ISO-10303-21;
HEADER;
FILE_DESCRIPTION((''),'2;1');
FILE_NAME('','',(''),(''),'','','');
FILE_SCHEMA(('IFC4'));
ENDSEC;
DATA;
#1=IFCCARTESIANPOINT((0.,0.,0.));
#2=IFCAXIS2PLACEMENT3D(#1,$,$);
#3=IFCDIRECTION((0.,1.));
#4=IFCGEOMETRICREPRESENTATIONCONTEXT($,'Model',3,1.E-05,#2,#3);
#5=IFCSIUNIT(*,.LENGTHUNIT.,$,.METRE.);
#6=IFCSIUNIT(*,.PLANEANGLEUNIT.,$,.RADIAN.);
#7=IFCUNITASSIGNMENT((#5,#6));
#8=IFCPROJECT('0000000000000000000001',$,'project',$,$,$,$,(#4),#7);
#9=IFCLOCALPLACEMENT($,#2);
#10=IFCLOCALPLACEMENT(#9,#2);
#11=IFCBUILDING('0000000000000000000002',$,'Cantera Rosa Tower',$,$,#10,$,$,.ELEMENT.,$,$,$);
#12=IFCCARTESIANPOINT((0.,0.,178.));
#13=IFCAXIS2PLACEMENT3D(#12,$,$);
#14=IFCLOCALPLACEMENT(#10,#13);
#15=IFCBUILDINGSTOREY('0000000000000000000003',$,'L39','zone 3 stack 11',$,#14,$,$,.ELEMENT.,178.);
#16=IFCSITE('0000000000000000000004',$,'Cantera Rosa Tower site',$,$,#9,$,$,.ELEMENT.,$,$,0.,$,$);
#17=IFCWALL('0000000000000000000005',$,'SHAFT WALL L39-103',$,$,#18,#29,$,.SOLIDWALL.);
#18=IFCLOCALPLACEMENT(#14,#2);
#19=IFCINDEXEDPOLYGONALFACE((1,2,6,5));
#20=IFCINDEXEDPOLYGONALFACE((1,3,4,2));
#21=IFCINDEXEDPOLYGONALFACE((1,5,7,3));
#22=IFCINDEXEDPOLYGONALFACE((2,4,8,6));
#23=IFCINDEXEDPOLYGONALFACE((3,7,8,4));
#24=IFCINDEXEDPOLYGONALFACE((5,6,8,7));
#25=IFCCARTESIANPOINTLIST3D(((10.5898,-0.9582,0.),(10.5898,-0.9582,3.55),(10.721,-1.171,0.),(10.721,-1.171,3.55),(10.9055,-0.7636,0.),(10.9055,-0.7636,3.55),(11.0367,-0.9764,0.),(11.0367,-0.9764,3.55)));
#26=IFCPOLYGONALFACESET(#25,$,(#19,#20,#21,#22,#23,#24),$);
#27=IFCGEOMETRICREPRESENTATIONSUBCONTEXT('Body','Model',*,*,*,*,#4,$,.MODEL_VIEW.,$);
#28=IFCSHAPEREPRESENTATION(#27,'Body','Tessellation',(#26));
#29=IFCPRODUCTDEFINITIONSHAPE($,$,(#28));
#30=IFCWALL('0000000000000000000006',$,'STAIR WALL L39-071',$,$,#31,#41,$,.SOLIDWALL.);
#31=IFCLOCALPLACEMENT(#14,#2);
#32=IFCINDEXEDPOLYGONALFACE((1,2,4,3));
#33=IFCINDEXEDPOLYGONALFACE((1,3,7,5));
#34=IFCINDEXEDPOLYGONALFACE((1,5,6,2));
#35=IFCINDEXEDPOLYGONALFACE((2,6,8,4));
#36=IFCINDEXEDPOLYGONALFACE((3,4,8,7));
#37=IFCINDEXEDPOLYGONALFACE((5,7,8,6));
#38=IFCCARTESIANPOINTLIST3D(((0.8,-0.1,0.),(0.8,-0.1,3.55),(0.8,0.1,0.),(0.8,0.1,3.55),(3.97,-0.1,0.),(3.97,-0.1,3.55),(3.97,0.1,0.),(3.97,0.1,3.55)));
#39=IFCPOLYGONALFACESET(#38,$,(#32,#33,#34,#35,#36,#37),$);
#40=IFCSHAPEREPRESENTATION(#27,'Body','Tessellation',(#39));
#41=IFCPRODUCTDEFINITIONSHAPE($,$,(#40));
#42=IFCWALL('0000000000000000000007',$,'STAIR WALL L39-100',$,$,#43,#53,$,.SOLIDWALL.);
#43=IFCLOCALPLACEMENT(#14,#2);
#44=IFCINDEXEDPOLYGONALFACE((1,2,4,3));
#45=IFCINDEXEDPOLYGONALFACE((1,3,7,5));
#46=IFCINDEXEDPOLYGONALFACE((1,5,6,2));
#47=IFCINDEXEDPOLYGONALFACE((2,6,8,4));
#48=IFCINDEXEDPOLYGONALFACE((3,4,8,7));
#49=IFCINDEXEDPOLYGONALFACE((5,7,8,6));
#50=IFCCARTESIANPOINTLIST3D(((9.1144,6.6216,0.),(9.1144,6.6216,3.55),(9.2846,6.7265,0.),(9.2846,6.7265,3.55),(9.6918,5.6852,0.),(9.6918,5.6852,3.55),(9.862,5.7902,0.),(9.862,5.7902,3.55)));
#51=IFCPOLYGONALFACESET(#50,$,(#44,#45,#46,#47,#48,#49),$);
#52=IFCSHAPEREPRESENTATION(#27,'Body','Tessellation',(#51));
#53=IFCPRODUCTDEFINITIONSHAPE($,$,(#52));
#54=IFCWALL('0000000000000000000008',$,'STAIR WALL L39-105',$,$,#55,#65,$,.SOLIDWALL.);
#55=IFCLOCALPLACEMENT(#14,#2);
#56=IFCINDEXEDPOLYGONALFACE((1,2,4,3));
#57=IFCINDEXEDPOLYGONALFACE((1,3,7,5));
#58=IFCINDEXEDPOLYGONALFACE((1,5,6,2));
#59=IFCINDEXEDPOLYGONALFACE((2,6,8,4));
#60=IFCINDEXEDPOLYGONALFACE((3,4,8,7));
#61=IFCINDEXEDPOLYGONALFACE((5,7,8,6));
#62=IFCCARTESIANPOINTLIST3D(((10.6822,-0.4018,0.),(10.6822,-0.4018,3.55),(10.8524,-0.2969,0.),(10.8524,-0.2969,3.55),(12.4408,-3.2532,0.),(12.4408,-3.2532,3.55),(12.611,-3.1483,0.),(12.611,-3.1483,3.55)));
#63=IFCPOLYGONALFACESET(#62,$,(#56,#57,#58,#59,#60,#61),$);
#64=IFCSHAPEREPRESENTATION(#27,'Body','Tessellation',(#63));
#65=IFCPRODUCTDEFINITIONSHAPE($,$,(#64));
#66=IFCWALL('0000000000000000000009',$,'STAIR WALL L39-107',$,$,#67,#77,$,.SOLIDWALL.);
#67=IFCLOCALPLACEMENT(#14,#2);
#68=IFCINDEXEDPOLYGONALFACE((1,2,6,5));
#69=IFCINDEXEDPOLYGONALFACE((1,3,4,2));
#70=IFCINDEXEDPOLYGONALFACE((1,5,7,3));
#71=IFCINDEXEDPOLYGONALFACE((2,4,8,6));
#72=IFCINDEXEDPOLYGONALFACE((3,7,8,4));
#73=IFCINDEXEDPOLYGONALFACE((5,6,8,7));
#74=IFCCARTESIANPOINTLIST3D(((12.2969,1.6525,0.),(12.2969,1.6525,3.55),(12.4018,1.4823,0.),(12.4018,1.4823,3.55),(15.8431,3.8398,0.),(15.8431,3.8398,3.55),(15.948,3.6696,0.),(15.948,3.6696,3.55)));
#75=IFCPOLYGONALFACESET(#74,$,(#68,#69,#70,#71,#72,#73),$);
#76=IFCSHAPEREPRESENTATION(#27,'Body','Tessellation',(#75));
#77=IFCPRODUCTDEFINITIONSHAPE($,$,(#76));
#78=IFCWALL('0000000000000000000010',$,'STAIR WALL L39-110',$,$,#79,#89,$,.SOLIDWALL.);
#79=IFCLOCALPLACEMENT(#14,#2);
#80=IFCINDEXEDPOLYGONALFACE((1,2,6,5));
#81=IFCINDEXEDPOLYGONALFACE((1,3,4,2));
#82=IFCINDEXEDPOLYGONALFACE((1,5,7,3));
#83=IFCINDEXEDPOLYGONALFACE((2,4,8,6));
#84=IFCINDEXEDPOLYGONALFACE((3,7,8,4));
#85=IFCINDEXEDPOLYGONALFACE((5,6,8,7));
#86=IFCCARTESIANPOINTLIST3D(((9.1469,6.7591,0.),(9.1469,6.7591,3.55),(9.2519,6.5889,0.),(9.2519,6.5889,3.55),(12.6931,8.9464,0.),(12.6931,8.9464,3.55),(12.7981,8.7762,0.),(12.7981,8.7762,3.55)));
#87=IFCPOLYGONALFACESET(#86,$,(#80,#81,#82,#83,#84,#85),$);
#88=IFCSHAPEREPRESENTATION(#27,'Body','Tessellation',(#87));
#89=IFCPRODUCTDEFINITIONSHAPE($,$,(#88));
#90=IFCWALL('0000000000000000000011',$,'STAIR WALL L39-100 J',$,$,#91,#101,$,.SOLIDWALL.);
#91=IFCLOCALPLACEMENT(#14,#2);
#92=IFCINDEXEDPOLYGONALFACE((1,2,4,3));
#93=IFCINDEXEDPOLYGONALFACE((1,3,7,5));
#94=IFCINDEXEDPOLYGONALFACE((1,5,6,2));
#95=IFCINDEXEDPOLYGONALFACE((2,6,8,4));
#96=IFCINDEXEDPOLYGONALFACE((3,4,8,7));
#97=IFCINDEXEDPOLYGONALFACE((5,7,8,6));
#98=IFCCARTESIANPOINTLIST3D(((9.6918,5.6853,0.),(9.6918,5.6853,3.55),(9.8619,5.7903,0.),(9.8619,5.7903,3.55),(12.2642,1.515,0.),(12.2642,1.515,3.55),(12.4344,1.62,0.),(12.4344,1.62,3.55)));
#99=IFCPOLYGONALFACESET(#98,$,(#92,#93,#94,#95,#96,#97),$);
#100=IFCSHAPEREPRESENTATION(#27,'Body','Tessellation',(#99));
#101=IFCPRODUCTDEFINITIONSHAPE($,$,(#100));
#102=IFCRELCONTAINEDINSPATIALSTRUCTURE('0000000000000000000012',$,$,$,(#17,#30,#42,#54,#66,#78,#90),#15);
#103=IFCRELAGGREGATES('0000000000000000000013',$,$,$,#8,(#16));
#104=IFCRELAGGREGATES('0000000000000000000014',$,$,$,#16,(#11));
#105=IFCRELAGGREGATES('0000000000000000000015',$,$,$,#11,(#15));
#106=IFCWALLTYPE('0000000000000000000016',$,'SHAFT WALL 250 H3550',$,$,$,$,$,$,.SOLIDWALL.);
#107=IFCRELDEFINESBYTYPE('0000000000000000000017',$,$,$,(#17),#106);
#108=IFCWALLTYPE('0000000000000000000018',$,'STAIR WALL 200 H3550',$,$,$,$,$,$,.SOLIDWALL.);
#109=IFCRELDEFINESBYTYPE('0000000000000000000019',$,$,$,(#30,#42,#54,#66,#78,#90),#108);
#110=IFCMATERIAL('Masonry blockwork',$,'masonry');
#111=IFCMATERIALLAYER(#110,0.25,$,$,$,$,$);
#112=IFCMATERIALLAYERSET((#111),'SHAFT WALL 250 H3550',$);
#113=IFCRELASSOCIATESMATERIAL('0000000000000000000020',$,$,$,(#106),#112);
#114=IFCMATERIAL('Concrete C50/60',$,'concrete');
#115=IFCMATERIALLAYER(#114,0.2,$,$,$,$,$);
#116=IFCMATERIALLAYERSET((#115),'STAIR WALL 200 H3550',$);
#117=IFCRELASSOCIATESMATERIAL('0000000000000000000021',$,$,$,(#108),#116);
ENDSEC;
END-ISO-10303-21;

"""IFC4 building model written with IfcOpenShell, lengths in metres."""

from ifc_helpers import new_model, si_unit, direction, frame, frame_2d, origin, place, context, subcontext, project, spatial, rectangle, extrude, material, layer, layer_set, type_object, element, save


model = new_model("IFC4")

# Units and contexts
model_context = context("Model", 3, precision=1e-05, world=origin(), true_north=direction((0.0, 1.0)))
body_context = subcontext(model_context, "Body", "Model", "MODEL_VIEW")
ifc_project = project(units=[si_unit("LENGTHUNIT", "METRE"), si_unit("PLANEANGLEUNIT", "RADIAN")], contexts=[model_context])

# Site, building, storey
site_placement = place(None, origin())
site = spatial("IfcSite", under=ifc_project, at=site_placement, Name="Cantera Rosa Tower site", CompositionType="ELEMENT", RefElevation=0.0)
building_placement = place(site_placement, origin())
building = spatial("IfcBuilding", under=site, at=building_placement, Name="Cantera Rosa Tower", CompositionType="ELEMENT")
storey_placement = place(building_placement, frame((0.0, 0.0, 178.0)))
storey = spatial("IfcBuildingStorey", under=building, at=storey_placement, Name="L39", Description="zone 3 stack 11", CompositionType="ELEMENT", Elevation=178.0)

# Walls
ifc_material_1 = material(Name="Masonry blockwork", Category="masonry")
ifc_layer_1 = layer(ifc_material_1, 0.25)
ifc_layer_set_1 = layer_set([ifc_layer_1], Name="SHAFT WALL 250 H3550")
wall_type_1 = type_object("IfcWallType", Name="SHAFT WALL 250 H3550", PredefinedType="SOLIDWALL", material=ifc_layer_set_1)
wall_1_placement = place(storey_placement, frame((10.6553, -1.0647, 0.0), z_axis=(0.0, 0.0, 1.0), x_axis=(0.851274, 0.524722, 0.0)))
element("IfcWall", 1, at=wall_1_placement, inside=storey, type_object=wall_type_1, Name="SHAFT WALL L39-103", PredefinedType="SOLIDWALL", context=body_context, shape_type="SweptSolid", body=[
    extrude(rectangle(XDim=0.3708, YDim=0.25, at=frame_2d((0.1855, 0.0))), origin(), (0.0, 0.0, 1.0), 3.55),
])
ifc_material_2 = material(Name="Concrete C50/60", Category="concrete")
ifc_layer_2 = layer(ifc_material_2, 0.2)
ifc_layer_set_2 = layer_set([ifc_layer_2], Name="STAIR WALL 200 H3550")
wall_type_2 = type_object("IfcWallType", Name="STAIR WALL 200 H3550", PredefinedType="SOLIDWALL", material=ifc_layer_set_2)
wall_2_placement = place(storey_placement, frame((0.8, 0.0, 0.0), z_axis=(0.0, 0.0, 1.0), x_axis=(1.0, 0.0, 0.0)))
element("IfcWall", 2, at=wall_2_placement, inside=storey, type_object=wall_type_2, Name="STAIR WALL L39-071", PredefinedType="SOLIDWALL", context=body_context, shape_type="SweptSolid", body=[
    extrude(rectangle(XDim=3.1699, YDim=0.2, at=frame_2d((1.585, 0.0))), origin(), (0.0, 0.0, 1.0), 3.55),
])
wall_3_placement = place(storey_placement, frame((9.1995, 6.6741, 0.0), z_axis=(0.0, 0.0, 1.0), x_axis=(0.524902, -0.851163, 0.0)))
element("IfcWall", 3, at=wall_3_placement, inside=storey, type_object=wall_type_2, Name="STAIR WALL L39-100", PredefinedType="SOLIDWALL", context=body_context, shape_type="SweptSolid", body=[
    extrude(rectangle(XDim=1.1001, YDim=0.2, at=frame_2d((0.55, 0.0))), origin(), (0.0, 0.0, 1.0), 3.55),
])
wall_4_placement = place(storey_placement, frame((10.7673, -0.3494, 0.0), z_axis=(0.0, 0.0, 1.0), x_axis=(0.524939, -0.85114, 0.0)))
element("IfcWall", 4, at=wall_4_placement, inside=storey, type_object=wall_type_2, Name="STAIR WALL L39-105", PredefinedType="SOLIDWALL", context=body_context, shape_type="SweptSolid", body=[
    extrude(rectangle(XDim=3.3501, YDim=0.2, at=frame_2d((1.675, 0.0))), origin(), (0.0, 0.0, 1.0), 3.55),
])
for number, where, z_axis, x_axis, name in (
    (5, (12.3494, 1.5674, 0.0), (0.0, 0.0, 1.0), (0.851121, 0.52497, 0.0), "STAIR WALL L39-107"),
    (6, (12.7456, 8.8613, 0.0), (0.0, 0.0, 1.0), (-0.851121, -0.52497, 0.0), "STAIR WALL L39-110"),
):
    element("IfcWall", number, at=place(storey_placement, frame(where, z_axis=z_axis, x_axis=x_axis)), inside=storey, type_object=wall_type_2, Name=name, PredefinedType="SOLIDWALL", context=body_context, shape_type="SweptSolid", body=[
        extrude(rectangle(XDim=4.1665, YDim=0.2, at=frame_2d((2.0833, 0.0))), origin(), (0.0, 0.0, 1.0), 3.55),
    ])
wall_5_placement = place(storey_placement, frame((9.7769, 5.7378, 0.0), z_axis=(0.0, 0.0, 1.0), x_axis=(0.525001, -0.851102, 0.0)))
element("IfcWall", 7, at=wall_5_placement, inside=storey, type_object=wall_type_2, Name="STAIR WALL L39-100 J", PredefinedType="SOLIDWALL", context=body_context, shape_type="SweptSolid", body=[
    extrude(rectangle(XDim=4.8999, YDim=0.2, at=frame_2d((2.45, 0.0))), origin(), (0.0, 0.0, 1.0), 3.55),
])

save(model, "model.ifc")
